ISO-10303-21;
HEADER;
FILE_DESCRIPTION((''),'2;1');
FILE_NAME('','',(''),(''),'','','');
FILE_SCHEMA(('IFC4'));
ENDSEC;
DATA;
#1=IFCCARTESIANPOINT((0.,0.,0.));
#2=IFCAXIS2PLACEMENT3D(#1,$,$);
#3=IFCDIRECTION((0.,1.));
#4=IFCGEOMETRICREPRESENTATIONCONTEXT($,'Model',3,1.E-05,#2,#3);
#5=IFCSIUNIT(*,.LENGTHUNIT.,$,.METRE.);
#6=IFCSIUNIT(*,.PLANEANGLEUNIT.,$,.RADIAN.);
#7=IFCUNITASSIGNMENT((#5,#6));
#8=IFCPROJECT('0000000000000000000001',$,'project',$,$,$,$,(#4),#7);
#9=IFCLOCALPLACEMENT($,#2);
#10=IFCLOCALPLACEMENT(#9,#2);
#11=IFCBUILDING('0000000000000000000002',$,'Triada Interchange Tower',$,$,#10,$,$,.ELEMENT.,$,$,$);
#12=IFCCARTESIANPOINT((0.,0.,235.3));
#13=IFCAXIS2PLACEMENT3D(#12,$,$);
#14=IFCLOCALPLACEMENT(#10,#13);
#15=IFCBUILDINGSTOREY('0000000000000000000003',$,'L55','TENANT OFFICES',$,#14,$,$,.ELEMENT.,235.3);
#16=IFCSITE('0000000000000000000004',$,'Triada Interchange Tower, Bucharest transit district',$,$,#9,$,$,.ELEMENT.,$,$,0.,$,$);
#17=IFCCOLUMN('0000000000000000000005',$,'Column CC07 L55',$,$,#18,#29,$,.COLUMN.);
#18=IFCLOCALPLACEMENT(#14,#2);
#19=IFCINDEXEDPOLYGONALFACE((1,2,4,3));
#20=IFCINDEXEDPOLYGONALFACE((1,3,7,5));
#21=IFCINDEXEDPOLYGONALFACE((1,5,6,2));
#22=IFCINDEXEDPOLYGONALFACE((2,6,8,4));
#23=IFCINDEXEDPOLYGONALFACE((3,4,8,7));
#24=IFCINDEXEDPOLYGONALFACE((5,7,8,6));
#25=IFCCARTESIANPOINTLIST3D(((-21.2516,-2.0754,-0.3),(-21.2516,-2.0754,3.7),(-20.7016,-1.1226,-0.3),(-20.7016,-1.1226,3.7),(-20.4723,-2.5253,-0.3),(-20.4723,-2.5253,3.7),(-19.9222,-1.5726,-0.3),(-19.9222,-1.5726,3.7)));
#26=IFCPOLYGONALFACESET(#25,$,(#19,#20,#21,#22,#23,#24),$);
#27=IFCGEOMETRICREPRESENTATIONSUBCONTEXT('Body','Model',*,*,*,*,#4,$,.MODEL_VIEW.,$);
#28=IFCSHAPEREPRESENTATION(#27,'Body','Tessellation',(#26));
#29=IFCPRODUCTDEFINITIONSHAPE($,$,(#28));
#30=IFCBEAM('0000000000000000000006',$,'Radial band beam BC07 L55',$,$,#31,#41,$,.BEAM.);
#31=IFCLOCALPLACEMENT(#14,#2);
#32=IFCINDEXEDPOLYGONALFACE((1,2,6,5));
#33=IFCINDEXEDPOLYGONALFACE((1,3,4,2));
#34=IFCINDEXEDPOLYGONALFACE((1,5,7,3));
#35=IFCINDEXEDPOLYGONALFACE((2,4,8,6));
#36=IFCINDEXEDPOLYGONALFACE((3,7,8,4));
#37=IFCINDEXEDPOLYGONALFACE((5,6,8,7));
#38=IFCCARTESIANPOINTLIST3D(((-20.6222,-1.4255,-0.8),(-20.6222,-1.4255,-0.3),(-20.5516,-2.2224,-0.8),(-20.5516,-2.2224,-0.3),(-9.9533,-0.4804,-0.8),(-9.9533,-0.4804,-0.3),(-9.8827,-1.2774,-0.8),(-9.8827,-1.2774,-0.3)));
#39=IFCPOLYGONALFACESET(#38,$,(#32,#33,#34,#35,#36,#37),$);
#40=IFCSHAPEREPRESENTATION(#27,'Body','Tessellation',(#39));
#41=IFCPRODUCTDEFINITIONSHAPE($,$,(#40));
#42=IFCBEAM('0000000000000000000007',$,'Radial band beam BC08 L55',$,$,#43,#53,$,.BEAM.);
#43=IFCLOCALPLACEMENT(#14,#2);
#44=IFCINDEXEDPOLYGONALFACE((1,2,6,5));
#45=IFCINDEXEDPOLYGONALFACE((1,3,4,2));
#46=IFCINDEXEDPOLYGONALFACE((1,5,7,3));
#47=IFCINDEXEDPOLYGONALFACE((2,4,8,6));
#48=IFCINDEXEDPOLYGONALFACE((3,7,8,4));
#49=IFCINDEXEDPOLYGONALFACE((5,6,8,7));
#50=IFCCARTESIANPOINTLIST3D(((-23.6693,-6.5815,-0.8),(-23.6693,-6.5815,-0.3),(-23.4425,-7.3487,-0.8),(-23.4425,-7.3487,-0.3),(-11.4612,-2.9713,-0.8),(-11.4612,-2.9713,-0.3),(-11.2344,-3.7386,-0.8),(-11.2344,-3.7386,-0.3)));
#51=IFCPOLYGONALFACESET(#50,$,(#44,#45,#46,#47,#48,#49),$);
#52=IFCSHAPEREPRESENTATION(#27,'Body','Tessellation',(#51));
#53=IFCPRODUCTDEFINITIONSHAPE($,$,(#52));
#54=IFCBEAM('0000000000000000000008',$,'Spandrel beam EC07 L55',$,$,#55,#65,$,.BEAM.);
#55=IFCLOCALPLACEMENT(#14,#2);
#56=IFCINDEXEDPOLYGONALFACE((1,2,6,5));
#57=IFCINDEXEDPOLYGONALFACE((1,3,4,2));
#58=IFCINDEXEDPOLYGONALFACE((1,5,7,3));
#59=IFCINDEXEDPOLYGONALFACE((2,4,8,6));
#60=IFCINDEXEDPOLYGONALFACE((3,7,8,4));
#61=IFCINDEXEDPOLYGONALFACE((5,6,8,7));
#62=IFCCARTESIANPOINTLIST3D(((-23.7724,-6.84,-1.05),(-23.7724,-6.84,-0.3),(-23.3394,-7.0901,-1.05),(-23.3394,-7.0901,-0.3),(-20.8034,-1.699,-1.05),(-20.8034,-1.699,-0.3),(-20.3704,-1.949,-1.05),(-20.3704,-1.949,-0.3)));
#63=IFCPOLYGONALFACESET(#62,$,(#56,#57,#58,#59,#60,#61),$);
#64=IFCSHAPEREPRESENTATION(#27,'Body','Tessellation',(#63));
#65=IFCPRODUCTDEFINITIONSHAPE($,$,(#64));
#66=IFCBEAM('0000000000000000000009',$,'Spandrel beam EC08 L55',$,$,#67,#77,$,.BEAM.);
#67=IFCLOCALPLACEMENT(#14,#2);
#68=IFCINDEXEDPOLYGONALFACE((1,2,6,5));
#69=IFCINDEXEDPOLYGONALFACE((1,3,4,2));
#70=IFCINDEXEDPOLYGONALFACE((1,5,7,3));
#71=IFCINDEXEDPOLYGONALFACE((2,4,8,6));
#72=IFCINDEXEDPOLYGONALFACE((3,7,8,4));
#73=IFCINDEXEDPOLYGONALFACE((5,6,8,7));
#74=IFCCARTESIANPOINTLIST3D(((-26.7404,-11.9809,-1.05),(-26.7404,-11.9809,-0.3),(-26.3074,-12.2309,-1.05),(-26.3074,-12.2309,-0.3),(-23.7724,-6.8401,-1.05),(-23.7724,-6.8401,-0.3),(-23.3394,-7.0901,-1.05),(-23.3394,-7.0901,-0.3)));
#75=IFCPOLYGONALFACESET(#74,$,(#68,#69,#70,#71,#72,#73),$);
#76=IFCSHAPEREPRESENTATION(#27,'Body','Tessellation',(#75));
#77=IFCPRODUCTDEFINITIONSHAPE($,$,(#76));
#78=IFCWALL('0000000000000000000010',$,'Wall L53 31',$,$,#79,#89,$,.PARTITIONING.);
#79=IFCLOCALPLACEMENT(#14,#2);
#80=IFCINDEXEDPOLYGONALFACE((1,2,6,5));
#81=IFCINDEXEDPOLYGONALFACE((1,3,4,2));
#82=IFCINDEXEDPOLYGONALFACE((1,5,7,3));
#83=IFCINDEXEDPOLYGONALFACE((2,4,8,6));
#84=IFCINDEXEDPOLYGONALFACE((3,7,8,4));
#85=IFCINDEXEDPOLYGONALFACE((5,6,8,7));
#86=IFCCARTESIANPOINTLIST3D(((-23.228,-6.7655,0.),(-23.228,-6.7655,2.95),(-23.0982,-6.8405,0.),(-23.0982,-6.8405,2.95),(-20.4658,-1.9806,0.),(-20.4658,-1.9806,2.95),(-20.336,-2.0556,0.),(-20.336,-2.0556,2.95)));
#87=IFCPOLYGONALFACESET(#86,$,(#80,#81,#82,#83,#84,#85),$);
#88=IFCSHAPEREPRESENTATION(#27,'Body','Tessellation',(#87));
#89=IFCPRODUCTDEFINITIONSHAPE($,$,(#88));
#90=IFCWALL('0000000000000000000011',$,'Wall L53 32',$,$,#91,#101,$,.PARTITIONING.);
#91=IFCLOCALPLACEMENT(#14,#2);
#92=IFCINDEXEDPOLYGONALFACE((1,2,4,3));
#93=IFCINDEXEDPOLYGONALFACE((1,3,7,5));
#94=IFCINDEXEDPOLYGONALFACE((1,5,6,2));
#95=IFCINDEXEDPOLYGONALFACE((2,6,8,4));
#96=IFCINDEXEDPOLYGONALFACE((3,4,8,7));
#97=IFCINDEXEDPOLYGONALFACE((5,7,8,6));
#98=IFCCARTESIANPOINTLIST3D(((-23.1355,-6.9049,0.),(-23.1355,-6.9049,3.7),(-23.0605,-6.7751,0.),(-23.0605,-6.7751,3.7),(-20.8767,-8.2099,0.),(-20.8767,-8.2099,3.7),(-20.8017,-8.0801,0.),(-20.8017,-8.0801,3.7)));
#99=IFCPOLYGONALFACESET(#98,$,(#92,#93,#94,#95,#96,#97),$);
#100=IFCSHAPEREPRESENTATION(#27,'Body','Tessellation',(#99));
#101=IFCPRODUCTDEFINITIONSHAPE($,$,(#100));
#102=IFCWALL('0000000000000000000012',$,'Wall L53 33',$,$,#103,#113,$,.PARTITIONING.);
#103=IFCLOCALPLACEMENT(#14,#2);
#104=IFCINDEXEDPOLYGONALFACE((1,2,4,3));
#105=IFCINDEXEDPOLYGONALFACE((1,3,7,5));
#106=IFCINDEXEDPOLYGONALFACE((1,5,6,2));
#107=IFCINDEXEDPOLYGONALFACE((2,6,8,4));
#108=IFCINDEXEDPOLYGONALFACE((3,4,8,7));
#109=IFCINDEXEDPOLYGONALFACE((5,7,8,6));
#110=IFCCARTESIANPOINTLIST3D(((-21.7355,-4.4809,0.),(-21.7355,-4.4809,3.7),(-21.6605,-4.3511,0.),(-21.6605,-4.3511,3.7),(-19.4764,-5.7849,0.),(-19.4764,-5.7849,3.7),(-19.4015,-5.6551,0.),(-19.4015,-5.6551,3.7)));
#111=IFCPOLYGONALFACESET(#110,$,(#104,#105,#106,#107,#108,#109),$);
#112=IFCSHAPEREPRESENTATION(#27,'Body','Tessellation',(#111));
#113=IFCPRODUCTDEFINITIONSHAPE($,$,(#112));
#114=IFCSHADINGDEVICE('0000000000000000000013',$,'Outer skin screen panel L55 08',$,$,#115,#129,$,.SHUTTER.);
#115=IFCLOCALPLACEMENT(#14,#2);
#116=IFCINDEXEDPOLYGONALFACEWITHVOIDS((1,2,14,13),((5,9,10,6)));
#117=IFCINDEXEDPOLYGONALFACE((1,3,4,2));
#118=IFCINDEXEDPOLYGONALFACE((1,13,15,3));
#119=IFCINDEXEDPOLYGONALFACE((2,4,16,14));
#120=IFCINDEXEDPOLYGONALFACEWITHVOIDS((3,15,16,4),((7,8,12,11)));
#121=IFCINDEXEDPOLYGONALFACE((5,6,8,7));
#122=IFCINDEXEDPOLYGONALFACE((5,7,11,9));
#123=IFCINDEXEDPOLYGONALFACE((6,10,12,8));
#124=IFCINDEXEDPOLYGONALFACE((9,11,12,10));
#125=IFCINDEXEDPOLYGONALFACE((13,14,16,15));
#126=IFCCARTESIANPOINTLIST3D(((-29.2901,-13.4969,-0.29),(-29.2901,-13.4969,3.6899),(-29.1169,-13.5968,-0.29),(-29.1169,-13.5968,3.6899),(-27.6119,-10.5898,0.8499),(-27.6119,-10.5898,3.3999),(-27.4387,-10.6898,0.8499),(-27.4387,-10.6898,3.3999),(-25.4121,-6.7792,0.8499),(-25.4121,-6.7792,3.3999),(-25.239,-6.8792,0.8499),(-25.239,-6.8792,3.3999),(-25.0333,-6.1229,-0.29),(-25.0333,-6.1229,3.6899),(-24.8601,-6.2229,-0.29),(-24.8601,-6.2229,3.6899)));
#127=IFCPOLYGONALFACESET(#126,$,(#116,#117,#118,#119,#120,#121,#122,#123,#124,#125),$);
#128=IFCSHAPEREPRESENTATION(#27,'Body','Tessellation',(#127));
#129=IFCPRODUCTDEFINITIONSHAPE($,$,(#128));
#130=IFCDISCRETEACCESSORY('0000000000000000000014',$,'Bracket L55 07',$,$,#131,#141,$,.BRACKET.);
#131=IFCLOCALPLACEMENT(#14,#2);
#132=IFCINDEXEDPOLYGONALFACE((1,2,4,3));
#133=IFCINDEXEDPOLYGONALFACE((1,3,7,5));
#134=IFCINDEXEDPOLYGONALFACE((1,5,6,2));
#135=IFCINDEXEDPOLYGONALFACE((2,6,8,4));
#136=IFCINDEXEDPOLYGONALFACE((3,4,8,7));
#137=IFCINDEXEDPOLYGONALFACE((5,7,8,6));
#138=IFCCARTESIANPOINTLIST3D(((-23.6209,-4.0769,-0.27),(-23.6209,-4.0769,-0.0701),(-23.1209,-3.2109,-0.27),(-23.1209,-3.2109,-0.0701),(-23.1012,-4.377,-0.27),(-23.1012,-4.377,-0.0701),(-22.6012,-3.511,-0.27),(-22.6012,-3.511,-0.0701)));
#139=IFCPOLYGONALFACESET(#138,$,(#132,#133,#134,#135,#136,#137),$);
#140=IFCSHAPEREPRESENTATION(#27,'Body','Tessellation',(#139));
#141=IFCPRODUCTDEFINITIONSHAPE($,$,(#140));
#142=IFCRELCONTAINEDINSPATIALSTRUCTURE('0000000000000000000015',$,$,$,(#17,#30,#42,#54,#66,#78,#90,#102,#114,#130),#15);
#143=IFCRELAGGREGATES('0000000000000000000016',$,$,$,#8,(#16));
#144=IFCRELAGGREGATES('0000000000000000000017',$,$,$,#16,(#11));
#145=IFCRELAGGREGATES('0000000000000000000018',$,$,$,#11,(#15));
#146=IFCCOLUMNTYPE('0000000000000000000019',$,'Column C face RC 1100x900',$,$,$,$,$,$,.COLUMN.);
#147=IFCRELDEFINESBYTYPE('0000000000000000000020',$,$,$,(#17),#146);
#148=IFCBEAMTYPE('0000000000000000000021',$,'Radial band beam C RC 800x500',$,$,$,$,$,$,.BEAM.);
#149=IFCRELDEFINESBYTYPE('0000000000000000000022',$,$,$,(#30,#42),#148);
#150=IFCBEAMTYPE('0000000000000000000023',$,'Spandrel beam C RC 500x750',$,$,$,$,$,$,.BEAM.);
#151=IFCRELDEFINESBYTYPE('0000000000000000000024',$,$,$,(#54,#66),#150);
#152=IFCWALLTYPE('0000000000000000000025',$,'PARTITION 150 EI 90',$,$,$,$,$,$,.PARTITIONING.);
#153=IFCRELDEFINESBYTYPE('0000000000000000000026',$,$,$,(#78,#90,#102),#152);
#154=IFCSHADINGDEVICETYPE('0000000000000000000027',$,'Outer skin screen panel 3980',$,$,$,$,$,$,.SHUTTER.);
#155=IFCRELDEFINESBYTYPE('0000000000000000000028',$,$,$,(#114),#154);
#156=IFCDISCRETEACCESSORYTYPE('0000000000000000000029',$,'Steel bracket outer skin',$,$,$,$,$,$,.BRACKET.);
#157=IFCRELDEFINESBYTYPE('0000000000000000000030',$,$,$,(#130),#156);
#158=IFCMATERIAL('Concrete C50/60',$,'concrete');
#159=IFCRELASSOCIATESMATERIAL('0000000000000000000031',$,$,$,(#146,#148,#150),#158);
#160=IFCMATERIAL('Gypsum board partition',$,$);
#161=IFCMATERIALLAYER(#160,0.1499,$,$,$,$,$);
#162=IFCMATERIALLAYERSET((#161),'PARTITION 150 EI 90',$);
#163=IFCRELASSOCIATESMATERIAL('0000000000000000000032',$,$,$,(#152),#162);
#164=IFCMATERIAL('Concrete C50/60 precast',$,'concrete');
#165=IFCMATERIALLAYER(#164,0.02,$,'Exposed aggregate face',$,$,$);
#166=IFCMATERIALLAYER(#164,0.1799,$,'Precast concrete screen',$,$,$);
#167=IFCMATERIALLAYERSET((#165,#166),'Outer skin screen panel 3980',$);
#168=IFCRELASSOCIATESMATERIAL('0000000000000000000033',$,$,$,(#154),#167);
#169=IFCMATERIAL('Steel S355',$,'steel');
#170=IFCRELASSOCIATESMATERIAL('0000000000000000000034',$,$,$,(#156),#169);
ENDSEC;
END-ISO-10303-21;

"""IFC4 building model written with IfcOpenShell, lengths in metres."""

from ifc_helpers import new_model, si_unit, direction, frame, frame_2d, origin, origin_2d, place, context, subcontext, project, spatial, polyline, rectangle, outline, extrude, material, layer, layer_set, material_profile, profile_set, type_object, element, save


model = new_model("IFC4")

# Units and contexts
model_context = context("Model", 3, precision=1e-05, world=origin(), true_north=direction((0.0, 1.0)))
body_context = subcontext(model_context, "Body", "Model", "MODEL_VIEW")
ifc_project = project(units=[si_unit("LENGTHUNIT", "METRE"), si_unit("PLANEANGLEUNIT", "RADIAN")], contexts=[model_context])

# Site, building, storey
site_placement = place(None, origin())
site = spatial("IfcSite", under=ifc_project, at=site_placement, Name="Triada Interchange Tower, Bucharest transit district", CompositionType="ELEMENT", RefElevation=0.0)
building_placement = place(site_placement, origin())
building = spatial("IfcBuilding", under=site, at=building_placement, Name="Triada Interchange Tower", CompositionType="ELEMENT")
storey_placement = place(building_placement, frame((0.0, 0.0, 235.3)))
storey = spatial("IfcBuildingStorey", under=building, at=storey_placement, Name="L55", Description="TENANT OFFICES", CompositionType="ELEMENT", Elevation=235.3)

# Column
ifc_material_1 = material(Name="Concrete C50/60", Category="concrete")
ifc_material_profile_1 = material_profile(ifc_material_1, rectangle(XDim=1.1001, YDim=0.8999, at=origin_2d()), Name="RC 1100x900")
ifc_profile_set_1 = profile_set([ifc_material_profile_1], Name="Concrete C50/60")
column_type = type_object("IfcColumnType", Name="Column C face RC 1100x900", PredefinedType="COLUMN", material=ifc_profile_set_1)
column_placement = place(storey_placement, frame((-20.5869, -1.824, -0.3), z_axis=(0.0, 0.0, 1.0), x_axis=(0.5, 0.866025, 0.0)))
element("IfcColumn", 1, at=column_placement, inside=storey, type_object=column_type, Name="Column CC07 L55", PredefinedType="COLUMN", context=body_context, shape_type="SweptSolid", body=[
    extrude(rectangle(XDim=1.1001, YDim=0.8999, at=origin_2d()), origin(), (0.0, 0.0, 1.0), 4.0),
])

# Beams
ifc_material_profile_2 = material_profile(ifc_material_1, rectangle(XDim=0.8, YDim=0.5, at=origin_2d()), Name="RC 800x500")
ifc_profile_set_2 = profile_set([ifc_material_profile_2], Name="Concrete C50/60")
beam_type_1 = type_object("IfcBeamType", Name="Radial band beam C RC 800x500", PredefinedType="BEAM", material=ifc_profile_set_2)
beam_1_placement = place(storey_placement, frame((-20.5869, -1.824, -0.55), z_axis=(0.9961, 0.088236, 0.0), x_axis=(-0.088236, 0.9961, 0.0)))
element("IfcBeam", 2, at=beam_1_placement, inside=storey, type_object=beam_type_1, Name="Radial band beam BC07 L55", PredefinedType="BEAM", context=body_context, shape_type="SweptSolid", body=[
    extrude(rectangle(XDim=0.8, YDim=0.5, at=origin_2d()), origin(), (0.0, 0.0, 1.0), 10.7107),
])
beam_2_placement = place(storey_placement, frame((-23.5559, -6.9651, -0.55), z_axis=(0.958949, 0.283577, 0.0), x_axis=(-0.283577, 0.958949, 0.0)))
element("IfcBeam", 3, at=beam_2_placement, inside=storey, type_object=beam_type_1, Name="Radial band beam BC08 L55", PredefinedType="BEAM", context=body_context, shape_type="SweptSolid", body=[
    extrude(rectangle(XDim=0.8, YDim=0.5, at=origin_2d()), origin(), (0.0, 0.0, 1.0), 12.7307),
])
ifc_material_profile_3 = material_profile(ifc_material_1, rectangle(XDim=0.5, YDim=0.75, at=origin_2d()), Name="RC 500x750")
ifc_profile_set_3 = profile_set([ifc_material_profile_3], Name="Concrete C50/60")
beam_type_2 = type_object("IfcBeamType", Name="Spandrel beam C RC 500x750", PredefinedType="BEAM", material=ifc_profile_set_3)
beam_3_placement = place(storey_placement, frame((-20.5869, -1.824, -0.675), z_axis=(-0.500097, -0.865969, 0.0), x_axis=(0.865969, -0.500097, 0.0)))
element("IfcBeam", 4, at=beam_3_placement, inside=storey, type_object=beam_type_2, Name="Spandrel beam EC07 L55", PredefinedType="BEAM", context=body_context, shape_type="SweptSolid", body=[
    extrude(rectangle(XDim=0.5, YDim=0.75, at=origin_2d()), origin(), (0.0, 0.0, 1.0), 5.9368),
])
beam_4_placement = place(storey_placement, frame((-23.5559, -6.9651, -0.675), z_axis=(-0.499992, -0.86603, 0.0), x_axis=(0.86603, -0.499992, 0.0)))
element("IfcBeam", 5, at=beam_4_placement, inside=storey, type_object=beam_type_2, Name="Spandrel beam EC08 L55", PredefinedType="BEAM", context=body_context, shape_type="SweptSolid", body=[
    extrude(rectangle(XDim=0.5, YDim=0.75, at=origin_2d()), origin(), (0.0, 0.0, 1.0), 5.936),
])

# Walls
ifc_material_2 = material(Name="Gypsum board partition")
ifc_layer_1 = layer(ifc_material_2, 0.1499)
ifc_layer_set_1 = layer_set([ifc_layer_1], Name="PARTITION 150 EI 90")
wall_type = type_object("IfcWallType", Name="PARTITION 150 EI 90", PredefinedType="PARTITIONING", material=ifc_layer_set_1)
wall_1_placement = place(storey_placement, frame((-23.1631, -6.803, 0.0), z_axis=(0.0, 0.0, 1.0), x_axis=(0.499951, 0.866054, 0.0)))
element("IfcWall", 6, at=wall_1_placement, inside=storey, type_object=wall_type, Name="Wall L53 31", PredefinedType="PARTITIONING", context=body_context, shape_type="SweptSolid", body=[
    extrude(rectangle(XDim=5.5249, YDim=0.1499, at=frame_2d((2.7625, 0.0))), origin(), (0.0, 0.0, 1.0), 2.95),
])
wall_2_placement = place(storey_placement, frame((-23.0979, -6.8401, 0.0), z_axis=(0.0, 0.0, 1.0), x_axis=(0.865889, -0.500235, 0.0)))
element("IfcWall", 7, at=wall_2_placement, inside=storey, type_object=wall_type, Name="Wall L53 32", PredefinedType="PARTITIONING", context=body_context, shape_type="SweptSolid", body=[
    extrude(rectangle(XDim=2.6086, YDim=0.1499, at=frame_2d((1.3042, 0.0))), origin(), (0.0, 0.0, 1.0), 3.7),
])
wall_3_placement = place(storey_placement, frame((-21.698, -4.416, 0.0), z_axis=(0.0, 0.0, 1.0), x_axis=(0.866075, -0.499914, 0.0)))
element("IfcWall", 8, at=wall_3_placement, inside=storey, type_object=wall_type, Name="Wall L53 33", PredefinedType="PARTITIONING", context=body_context, shape_type="SweptSolid", body=[
    extrude(rectangle(XDim=2.6084, YDim=0.1499, at=frame_2d((1.3042, 0.0))), origin(), (0.0, 0.0, 1.0), 3.7),
])

# Shading device
ifc_material_3 = material(Name="Concrete C50/60 precast", Category="concrete")
ifc_layer_2 = layer(ifc_material_3, 0.02, Name="Exposed aggregate face")
ifc_layer_3 = layer(ifc_material_3, 0.1799, Name="Precast concrete screen")
ifc_layer_set_2 = layer_set([ifc_layer_2, ifc_layer_3], Name="Outer skin screen panel 3980")
shading_device_type = type_object("IfcShadingDeviceType", Name="Outer skin screen panel 3980", PredefinedType="SHUTTER", material=ifc_layer_set_2)
shading_device_placement = place(storey_placement, frame((-24.8601, -6.2229, -0.29), z_axis=(0.0, 0.0, 1.0), x_axis=(-0.499951, -0.866054, 0.0)))
element("IfcShadingDevice", 9, at=shading_device_placement, inside=storey, type_object=shading_device_type, Name="Outer skin screen panel L55 08", PredefinedType="SHUTTER", context=body_context, shape_type="SweptSolid", body=[
    extrude(outline(polyline([(0.0, 0.0), (8.5144, 0.0), (8.5144, 3.98), (0.0, 3.98), (0.0, 0.0)]), holes=[polyline([(0.7578, 1.1399), (0.7578, 3.6899), (5.1577, 3.6899), (5.1577, 1.1399), (0.7578, 1.1399)])]), frame((0.0, 0.0, 0.0), z_axis=(0.0, -1.0, 0.0), x_axis=(1.0, 0.0, 0.0)), (0.0, 0.0, 1.0), 0.2),
])

# Discrete accessory
ifc_material_4 = material(Name="Steel S355", Category="steel")
discrete_accessory_type = type_object("IfcDiscreteAccessoryType", Name="Steel bracket outer skin", PredefinedType="BRACKET", material=ifc_material_4)
discrete_accessory_placement = place(storey_placement, frame((-23.1111, -3.7939, -0.27), z_axis=(0.0, 0.0, 1.0), x_axis=(-0.866014, 0.500019, 0.0)))
element("IfcDiscreteAccessory", 10, at=discrete_accessory_placement, inside=storey, type_object=discrete_accessory_type, Name="Bracket L55 07", PredefinedType="BRACKET", context=body_context, shape_type="SweptSolid", body=[
    extrude(rectangle(XDim=0.6001, YDim=1.0, at=origin_2d()), origin(), (0.0, 0.0, 1.0), 0.2),
])

save(model, "model.ifc")
